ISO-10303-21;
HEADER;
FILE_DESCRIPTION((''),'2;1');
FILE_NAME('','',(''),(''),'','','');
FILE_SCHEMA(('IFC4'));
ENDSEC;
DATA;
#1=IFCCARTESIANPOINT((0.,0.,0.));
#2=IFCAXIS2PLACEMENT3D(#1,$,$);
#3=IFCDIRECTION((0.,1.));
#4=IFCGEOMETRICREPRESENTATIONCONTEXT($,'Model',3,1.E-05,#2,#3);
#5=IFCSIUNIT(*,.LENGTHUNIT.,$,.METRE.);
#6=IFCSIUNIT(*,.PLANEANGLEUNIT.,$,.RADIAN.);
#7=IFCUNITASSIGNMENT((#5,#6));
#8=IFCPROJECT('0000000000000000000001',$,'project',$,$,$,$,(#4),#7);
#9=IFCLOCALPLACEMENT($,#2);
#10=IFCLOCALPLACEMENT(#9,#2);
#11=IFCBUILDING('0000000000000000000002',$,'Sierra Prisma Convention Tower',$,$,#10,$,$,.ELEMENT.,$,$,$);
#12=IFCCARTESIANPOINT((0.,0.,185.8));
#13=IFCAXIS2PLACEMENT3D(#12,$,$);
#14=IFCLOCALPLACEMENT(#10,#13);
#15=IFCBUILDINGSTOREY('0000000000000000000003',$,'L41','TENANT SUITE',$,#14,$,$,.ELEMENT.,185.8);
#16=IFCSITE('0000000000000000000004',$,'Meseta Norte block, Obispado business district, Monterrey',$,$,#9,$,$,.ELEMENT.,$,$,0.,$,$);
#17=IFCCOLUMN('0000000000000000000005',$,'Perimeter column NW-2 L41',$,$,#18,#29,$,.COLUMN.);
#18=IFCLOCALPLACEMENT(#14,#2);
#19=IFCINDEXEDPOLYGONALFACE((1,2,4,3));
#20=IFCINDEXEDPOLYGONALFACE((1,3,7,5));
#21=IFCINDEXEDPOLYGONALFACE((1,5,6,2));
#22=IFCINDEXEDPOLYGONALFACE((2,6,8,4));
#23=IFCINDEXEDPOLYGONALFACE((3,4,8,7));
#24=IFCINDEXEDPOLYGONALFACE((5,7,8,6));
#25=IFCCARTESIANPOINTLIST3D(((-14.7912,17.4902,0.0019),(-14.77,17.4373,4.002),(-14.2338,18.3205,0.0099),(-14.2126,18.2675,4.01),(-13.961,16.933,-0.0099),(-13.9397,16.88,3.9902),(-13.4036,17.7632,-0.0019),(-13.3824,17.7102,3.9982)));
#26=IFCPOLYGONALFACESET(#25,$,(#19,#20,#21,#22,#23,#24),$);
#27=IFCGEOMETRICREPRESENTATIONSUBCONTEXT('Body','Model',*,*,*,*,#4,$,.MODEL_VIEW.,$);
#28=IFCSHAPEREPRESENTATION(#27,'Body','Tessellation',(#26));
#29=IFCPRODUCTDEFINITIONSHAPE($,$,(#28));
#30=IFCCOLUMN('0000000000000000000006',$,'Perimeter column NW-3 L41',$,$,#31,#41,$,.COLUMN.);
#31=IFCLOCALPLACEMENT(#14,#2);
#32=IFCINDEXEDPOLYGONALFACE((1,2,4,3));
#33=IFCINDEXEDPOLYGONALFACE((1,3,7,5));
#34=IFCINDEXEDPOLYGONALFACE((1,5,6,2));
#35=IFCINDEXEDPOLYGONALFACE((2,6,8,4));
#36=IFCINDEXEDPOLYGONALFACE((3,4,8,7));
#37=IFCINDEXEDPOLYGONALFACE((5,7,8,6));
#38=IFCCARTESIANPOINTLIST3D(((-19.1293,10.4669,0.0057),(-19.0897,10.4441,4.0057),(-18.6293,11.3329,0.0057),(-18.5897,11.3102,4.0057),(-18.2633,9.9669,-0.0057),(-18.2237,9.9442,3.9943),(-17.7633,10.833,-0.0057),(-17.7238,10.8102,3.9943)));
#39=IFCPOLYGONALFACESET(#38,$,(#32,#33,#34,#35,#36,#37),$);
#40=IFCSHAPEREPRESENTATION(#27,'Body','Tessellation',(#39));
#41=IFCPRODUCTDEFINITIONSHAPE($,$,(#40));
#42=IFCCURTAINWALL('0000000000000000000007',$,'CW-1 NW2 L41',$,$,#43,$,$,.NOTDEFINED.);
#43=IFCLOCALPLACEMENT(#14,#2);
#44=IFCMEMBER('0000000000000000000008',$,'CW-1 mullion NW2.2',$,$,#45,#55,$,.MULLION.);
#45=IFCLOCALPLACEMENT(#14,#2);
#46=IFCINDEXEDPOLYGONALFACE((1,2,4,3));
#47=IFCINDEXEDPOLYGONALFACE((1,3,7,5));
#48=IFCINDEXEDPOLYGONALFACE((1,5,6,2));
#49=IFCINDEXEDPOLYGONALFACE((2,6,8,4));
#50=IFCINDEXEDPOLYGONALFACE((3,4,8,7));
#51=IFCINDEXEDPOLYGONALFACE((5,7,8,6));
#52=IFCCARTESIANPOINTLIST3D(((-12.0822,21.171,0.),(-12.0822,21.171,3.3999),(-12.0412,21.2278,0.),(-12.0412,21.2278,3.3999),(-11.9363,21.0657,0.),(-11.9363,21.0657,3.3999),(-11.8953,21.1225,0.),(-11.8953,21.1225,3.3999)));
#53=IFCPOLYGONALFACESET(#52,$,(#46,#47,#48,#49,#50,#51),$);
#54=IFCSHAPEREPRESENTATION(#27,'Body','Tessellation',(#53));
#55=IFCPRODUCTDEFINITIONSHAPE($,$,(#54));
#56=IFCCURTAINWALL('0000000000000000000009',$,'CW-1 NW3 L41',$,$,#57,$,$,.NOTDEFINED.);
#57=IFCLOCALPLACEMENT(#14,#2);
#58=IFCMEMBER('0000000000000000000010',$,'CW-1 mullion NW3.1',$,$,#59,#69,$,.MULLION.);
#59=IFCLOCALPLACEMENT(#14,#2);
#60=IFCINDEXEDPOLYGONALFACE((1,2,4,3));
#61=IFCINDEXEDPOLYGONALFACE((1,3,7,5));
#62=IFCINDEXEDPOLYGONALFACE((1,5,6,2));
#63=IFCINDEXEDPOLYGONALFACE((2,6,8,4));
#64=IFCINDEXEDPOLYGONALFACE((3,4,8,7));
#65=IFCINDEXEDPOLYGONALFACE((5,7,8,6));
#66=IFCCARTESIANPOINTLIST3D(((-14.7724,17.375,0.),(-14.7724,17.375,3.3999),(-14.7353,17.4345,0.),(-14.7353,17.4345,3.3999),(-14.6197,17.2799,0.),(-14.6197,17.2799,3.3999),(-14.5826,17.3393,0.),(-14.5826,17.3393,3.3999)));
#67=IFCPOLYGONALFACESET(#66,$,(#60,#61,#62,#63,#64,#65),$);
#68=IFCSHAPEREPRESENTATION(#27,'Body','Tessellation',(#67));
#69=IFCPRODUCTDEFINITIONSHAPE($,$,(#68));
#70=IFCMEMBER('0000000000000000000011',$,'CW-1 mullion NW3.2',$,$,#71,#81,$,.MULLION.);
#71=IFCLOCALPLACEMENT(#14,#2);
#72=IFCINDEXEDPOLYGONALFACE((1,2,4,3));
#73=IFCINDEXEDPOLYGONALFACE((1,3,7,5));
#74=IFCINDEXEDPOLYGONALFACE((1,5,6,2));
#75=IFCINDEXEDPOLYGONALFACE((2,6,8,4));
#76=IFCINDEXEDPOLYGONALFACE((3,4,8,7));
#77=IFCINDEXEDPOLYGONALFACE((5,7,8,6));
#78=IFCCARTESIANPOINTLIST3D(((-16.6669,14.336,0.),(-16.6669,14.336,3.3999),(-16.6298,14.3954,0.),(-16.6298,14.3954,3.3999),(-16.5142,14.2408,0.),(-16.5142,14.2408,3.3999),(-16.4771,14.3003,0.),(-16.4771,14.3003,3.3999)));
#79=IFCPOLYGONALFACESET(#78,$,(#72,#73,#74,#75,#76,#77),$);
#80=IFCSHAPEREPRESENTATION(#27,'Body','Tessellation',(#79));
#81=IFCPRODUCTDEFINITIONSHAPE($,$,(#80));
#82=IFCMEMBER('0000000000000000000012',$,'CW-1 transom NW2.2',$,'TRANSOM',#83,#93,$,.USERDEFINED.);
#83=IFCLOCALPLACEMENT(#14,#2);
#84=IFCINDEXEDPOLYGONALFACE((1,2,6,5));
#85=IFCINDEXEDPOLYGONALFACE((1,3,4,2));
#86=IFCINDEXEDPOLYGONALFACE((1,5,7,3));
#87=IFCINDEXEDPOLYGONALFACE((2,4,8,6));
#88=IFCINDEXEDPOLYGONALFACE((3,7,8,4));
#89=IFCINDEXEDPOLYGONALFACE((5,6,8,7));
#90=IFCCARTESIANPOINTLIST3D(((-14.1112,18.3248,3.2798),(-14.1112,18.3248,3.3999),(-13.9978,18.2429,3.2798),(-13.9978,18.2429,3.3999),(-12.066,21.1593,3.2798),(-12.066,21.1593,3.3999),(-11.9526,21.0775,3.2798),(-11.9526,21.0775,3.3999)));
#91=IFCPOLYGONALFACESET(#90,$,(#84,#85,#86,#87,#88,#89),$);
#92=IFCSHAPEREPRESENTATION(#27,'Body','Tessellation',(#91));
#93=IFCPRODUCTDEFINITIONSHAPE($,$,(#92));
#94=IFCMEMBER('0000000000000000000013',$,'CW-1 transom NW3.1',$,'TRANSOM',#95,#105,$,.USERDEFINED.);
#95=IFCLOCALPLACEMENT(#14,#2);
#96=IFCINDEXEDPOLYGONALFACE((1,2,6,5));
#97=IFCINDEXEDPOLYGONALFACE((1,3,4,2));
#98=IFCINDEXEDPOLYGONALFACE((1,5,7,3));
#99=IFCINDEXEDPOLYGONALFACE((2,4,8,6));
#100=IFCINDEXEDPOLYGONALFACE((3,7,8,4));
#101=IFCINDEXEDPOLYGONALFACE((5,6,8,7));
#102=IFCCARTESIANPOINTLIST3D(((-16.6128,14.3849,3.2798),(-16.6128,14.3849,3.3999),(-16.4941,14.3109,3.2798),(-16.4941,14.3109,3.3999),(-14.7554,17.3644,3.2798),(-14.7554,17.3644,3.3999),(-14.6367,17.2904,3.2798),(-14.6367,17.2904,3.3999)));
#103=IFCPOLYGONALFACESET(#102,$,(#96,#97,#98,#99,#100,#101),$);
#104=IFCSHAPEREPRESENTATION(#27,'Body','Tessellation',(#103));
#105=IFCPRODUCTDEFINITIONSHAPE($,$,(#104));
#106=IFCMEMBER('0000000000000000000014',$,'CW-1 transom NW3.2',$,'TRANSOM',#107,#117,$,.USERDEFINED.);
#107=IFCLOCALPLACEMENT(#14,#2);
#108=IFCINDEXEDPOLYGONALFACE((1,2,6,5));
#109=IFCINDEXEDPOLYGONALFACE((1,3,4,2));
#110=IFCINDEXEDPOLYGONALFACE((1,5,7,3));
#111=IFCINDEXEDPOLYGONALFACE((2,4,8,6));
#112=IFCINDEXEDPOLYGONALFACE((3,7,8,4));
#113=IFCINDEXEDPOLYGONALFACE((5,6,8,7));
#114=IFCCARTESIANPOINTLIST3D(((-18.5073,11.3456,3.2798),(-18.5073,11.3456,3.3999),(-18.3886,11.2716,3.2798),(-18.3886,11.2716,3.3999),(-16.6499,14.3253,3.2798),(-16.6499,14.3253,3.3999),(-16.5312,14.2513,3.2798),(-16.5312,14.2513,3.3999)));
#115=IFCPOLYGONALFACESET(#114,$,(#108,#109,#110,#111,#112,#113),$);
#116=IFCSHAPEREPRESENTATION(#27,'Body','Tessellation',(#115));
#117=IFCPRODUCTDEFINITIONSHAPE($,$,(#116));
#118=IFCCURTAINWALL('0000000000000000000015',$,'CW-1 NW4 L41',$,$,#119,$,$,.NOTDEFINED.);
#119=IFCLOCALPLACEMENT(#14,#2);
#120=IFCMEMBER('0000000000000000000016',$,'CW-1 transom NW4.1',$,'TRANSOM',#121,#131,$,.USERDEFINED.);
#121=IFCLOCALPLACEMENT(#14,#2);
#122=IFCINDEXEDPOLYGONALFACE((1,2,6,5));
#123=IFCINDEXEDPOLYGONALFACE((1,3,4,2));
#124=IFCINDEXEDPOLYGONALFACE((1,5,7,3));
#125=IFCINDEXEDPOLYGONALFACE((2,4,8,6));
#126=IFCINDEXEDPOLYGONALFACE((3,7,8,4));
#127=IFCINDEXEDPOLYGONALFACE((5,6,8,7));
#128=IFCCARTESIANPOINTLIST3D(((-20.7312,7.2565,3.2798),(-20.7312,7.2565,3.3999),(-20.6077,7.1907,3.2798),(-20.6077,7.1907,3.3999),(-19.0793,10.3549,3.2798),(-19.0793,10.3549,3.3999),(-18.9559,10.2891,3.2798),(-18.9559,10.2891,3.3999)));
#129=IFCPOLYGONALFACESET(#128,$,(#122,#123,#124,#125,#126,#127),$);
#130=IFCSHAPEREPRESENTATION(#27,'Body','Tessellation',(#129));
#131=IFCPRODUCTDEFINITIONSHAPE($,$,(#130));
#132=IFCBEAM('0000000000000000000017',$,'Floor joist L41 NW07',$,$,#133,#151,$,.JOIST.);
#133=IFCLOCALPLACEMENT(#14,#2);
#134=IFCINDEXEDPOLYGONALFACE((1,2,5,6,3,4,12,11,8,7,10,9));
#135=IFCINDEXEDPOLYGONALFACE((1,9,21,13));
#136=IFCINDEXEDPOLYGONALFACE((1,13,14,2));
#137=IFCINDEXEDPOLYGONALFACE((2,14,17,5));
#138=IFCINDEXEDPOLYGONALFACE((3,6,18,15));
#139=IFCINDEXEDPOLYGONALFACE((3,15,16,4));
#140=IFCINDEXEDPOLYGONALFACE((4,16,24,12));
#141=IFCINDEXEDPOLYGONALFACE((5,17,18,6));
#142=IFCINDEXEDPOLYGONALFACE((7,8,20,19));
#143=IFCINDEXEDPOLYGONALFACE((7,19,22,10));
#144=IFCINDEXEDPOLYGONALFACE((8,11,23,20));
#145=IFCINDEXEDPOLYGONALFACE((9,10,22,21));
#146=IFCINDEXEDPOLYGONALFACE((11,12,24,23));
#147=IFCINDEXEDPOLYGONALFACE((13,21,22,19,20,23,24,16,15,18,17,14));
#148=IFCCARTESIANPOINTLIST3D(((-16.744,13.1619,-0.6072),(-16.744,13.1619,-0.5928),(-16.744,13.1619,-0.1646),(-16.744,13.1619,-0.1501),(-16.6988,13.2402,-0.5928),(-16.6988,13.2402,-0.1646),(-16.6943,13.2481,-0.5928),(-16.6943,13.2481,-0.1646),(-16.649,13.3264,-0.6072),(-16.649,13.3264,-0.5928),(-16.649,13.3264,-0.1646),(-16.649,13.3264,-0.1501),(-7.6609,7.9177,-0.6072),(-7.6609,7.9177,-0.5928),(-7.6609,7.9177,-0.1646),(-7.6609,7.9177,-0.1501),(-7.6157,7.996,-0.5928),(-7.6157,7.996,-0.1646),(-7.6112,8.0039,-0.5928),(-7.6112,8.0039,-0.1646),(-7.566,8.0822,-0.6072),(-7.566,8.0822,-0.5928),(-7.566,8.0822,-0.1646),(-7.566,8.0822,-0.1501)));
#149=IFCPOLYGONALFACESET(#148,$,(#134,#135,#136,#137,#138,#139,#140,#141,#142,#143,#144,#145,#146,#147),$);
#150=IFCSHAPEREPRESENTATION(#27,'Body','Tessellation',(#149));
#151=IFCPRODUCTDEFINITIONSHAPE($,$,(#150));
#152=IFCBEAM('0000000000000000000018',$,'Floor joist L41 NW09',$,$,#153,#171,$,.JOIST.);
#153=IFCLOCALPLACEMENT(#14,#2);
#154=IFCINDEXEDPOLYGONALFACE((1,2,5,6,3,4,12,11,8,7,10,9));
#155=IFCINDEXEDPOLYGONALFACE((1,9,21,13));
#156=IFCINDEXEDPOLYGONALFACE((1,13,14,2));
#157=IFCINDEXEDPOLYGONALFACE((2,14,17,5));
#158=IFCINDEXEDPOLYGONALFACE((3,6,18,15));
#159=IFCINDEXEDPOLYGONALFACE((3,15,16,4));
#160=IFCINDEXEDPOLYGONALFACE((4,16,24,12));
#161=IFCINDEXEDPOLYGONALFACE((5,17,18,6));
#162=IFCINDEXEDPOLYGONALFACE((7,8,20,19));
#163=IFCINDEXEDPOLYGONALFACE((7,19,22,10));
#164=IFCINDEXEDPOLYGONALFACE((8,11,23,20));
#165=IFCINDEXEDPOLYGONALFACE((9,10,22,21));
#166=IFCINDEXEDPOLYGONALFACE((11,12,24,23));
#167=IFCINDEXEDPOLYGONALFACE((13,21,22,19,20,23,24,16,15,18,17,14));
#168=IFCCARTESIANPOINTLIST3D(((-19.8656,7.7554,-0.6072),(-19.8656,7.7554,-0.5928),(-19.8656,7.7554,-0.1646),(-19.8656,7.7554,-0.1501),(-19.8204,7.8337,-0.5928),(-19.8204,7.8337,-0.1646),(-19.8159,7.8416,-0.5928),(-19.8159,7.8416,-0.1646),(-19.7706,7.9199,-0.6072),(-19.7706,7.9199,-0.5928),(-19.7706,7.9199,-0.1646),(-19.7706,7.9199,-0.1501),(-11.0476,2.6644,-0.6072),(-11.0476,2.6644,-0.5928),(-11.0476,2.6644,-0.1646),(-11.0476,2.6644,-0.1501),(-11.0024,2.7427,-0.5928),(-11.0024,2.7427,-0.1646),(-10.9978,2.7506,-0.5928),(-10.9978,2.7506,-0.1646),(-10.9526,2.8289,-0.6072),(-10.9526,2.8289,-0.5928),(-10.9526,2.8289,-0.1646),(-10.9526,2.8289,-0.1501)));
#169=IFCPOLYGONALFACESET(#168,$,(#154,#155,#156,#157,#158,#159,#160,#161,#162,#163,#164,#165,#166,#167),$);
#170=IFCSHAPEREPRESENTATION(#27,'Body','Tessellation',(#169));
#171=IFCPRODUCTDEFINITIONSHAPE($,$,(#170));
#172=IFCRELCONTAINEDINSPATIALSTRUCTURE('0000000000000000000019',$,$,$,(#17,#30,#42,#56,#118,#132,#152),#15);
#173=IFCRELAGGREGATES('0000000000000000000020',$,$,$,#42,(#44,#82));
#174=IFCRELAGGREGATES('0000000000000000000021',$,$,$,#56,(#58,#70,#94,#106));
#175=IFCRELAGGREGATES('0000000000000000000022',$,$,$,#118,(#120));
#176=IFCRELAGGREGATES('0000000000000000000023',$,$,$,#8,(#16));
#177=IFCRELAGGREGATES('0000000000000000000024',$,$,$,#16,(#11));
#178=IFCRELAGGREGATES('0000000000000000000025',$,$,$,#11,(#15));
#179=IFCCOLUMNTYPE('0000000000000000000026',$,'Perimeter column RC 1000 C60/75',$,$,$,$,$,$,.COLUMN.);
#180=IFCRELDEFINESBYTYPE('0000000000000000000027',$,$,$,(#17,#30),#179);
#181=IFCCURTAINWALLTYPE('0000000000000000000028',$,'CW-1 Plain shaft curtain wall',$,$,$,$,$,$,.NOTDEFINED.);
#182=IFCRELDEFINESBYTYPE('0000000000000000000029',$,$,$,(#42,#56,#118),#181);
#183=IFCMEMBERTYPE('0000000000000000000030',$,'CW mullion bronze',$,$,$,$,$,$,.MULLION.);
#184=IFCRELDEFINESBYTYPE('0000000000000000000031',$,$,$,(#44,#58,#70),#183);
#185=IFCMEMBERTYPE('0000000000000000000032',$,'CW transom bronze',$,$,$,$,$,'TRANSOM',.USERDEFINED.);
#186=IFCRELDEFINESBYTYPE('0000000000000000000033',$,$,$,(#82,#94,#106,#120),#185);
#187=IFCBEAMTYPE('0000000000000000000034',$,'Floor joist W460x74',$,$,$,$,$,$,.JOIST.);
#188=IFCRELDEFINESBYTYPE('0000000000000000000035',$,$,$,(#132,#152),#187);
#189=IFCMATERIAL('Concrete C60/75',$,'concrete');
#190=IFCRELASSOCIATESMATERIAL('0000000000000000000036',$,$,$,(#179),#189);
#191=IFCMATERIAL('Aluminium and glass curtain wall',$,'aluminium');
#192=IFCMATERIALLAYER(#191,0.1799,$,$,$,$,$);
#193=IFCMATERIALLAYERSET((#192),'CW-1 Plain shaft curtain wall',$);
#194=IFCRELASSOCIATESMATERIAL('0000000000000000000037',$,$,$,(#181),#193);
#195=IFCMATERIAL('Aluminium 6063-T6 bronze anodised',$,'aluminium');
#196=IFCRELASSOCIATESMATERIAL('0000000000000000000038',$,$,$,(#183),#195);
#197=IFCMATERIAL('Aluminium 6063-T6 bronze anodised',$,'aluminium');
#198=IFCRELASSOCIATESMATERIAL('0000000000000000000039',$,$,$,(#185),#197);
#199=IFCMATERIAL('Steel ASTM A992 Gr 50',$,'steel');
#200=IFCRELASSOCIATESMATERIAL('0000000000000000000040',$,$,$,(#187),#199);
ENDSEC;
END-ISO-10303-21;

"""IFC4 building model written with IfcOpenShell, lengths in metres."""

from ifc_helpers import new_model, si_unit, direction, frame, origin, origin_2d, place, context, subcontext, project, spatial, rectangle, i_section, extrude, material, layer, layer_set, material_profile, profile_set, type_object, element, aggregate, save


model = new_model("IFC4")

# Units and contexts
model_context = context("Model", 3, precision=1e-05, world=origin(), true_north=direction((0.0, 1.0)))
body_context = subcontext(model_context, "Body", "Model", "MODEL_VIEW")
ifc_project = project(units=[si_unit("LENGTHUNIT", "METRE"), si_unit("PLANEANGLEUNIT", "RADIAN")], contexts=[model_context])

# Site, building, storey
site_placement = place(None, origin())
site = spatial("IfcSite", under=ifc_project, at=site_placement, Name="Meseta Norte block, Obispado business district, Monterrey", CompositionType="ELEMENT", RefElevation=0.0)
building_placement = place(site_placement, origin())
building = spatial("IfcBuilding", under=site, at=building_placement, Name="Sierra Prisma Convention Tower", CompositionType="ELEMENT")
storey_placement = place(building_placement, frame((0.0, 0.0, 185.8)))
storey = spatial("IfcBuildingStorey", under=building, at=storey_placement, Name="L41", Description="TENANT SUITE", CompositionType="ELEMENT", Elevation=185.8)

# Columns
ifc_material_1 = material(Name="Concrete C60/75", Category="concrete")
ifc_material_profile_1 = material_profile(ifc_material_1, rectangle(XDim=1.0, YDim=1.0, at=origin_2d()), Name="Perimeter column RC 1000 C60/75")
ifc_profile_set_1 = profile_set([ifc_material_profile_1], Name="Concrete C60/75")
column_type = type_object("IfcColumnType", Name="Perimeter column RC 1000 C60/75", PredefinedType="COLUMN", material=ifc_profile_set_1)
column_1_placement = place(storey_placement, frame((-14.0974, 17.6267, 0.0), z_axis=(0.00531, -0.013243, 0.999898), x_axis=(0.557388, 0.830213, 0.008036)))
element("IfcColumn", 1, at=column_1_placement, inside=storey, type_object=column_type, Name="Perimeter column NW-2 L41", PredefinedType="COLUMN", context=body_context, shape_type="SweptSolid", body=[
    extrude(rectangle(XDim=1.0, YDim=1.0, at=origin_2d()), origin(), (0.0, 0.0, 1.0), 4.0005),
])
column_2_placement = place(storey_placement, frame((-18.4463, 10.6499, 0.0), z_axis=(0.009887, -0.005676, 0.999935), x_axis=(0.499976, 0.86604, -0.000028)))
element("IfcColumn", 2, at=column_2_placement, inside=storey, type_object=column_type, Name="Perimeter column NW-3 L41", PredefinedType="COLUMN", context=body_context, shape_type="SweptSolid", body=[
    extrude(rectangle(XDim=1.0, YDim=1.0, at=origin_2d()), origin(), (0.0, 0.0, 1.0), 4.0002),
])

# Curtain wall, member
ifc_material_2 = material(Name="Aluminium and glass curtain wall", Category="aluminium")
ifc_layer_1 = layer(ifc_material_2, 0.1799)
ifc_layer_set_1 = layer_set([ifc_layer_1], Name="CW-1 Plain shaft curtain wall")
curtain_wall_type = type_object("IfcCurtainWallType", Name="CW-1 Plain shaft curtain wall", PredefinedType="NOTDEFINED", material=ifc_layer_set_1)
curtain_wall_1_placement = place(storey_placement, origin())
curtain_wall_1 = element("IfcCurtainWall", 3, at=curtain_wall_1_placement, inside=storey, type_object=curtain_wall_type, Name="CW-1 NW2 L41", PredefinedType="NOTDEFINED")
ifc_material_3 = material(Name="Aluminium 6063-T6 bronze anodised", Category="aluminium")
ifc_material_profile_2 = material_profile(ifc_material_3, rectangle(XDim=0.1799, YDim=0.0701, at=origin_2d()), Name="ALU MULLION 70x180")
ifc_profile_set_2 = profile_set([ifc_material_profile_2], Name="Aluminium 6063-T6 bronze anodised")
member_type_1 = type_object("IfcMemberType", Name="CW mullion bronze", PredefinedType="MULLION", material=ifc_profile_set_2)
member_1_placement = place(storey_placement, frame((-11.9888, 21.1467, 0.0), z_axis=(0.0, 0.0, 1.0), x_axis=(0.810923, -0.585154, 0.0)))
member_1 = element("IfcMember", 4, at=member_1_placement, type_object=member_type_1, Name="CW-1 mullion NW2.2", PredefinedType="MULLION", context=body_context, shape_type="SweptSolid", body=[
    extrude(rectangle(XDim=0.1799, YDim=0.0701, at=origin_2d()), origin(), (0.0, 0.0, 1.0), 3.3999),
])

# Curtain wall, members
curtain_wall_2_placement = place(storey_placement, origin())
curtain_wall_2 = element("IfcCurtainWall", 5, at=curtain_wall_2_placement, inside=storey, type_object=curtain_wall_type, Name="CW-1 NW3 L41", PredefinedType="NOTDEFINED")
member_2_placement = place(storey_placement, frame((-14.6775, 17.3572, 0.0), z_axis=(0.0, 0.0, 1.0), x_axis=(0.848622, -0.529, 0.0)))
member_2 = element("IfcMember", 6, at=member_2_placement, type_object=member_type_1, Name="CW-1 mullion NW3.1", PredefinedType="MULLION", context=body_context, shape_type="SweptSolid", body=[
    extrude(rectangle(XDim=0.1799, YDim=0.0701, at=origin_2d()), origin(), (0.0, 0.0, 1.0), 3.3999),
])
member_3_placement = place(storey_placement, frame((-16.572, 14.3181, 0.0), z_axis=(0.0, 0.0, 1.0), x_axis=(0.848622, -0.529, 0.0)))
member_3 = element("IfcMember", 7, at=member_3_placement, type_object=member_type_1, Name="CW-1 mullion NW3.2", PredefinedType="MULLION", context=body_context, shape_type="SweptSolid", body=[
    extrude(rectangle(XDim=0.1799, YDim=0.0701, at=origin_2d()), origin(), (0.0, 0.0, 1.0), 3.3999),
])

# Members
ifc_material_4 = material(Name="Aluminium 6063-T6 bronze anodised", Category="aluminium")
ifc_material_profile_3 = material_profile(ifc_material_4, rectangle(XDim=0.1399, YDim=0.1201, at=origin_2d()), Name="ALU TRANSOM 120x140")
ifc_profile_set_3 = profile_set([ifc_material_profile_3], Name="Aluminium 6063-T6 bronze anodised")
member_type_2 = type_object("IfcMemberType", Name="CW transom bronze", ElementType="TRANSOM", PredefinedType="USERDEFINED", material=ifc_profile_set_3)
member_4_placement = place(storey_placement, frame((-12.0093, 21.1184, 3.3398), z_axis=(-0.585123, -0.810944, 0.0), x_axis=(0.810944, -0.585123, 0.0)))
member_4 = element("IfcMember", 8, at=member_4_placement, type_object=member_type_2, Name="CW-1 transom NW2.2", ObjectType="TRANSOM", PredefinedType="USERDEFINED", context=body_context, shape_type="SweptSolid", body=[
    extrude(rectangle(XDim=0.1399, YDim=0.1201, at=origin_2d()), origin(), (0.0, 0.0, 1.0), 3.4954),
])
member_5_placement = place(storey_placement, frame((-14.696, 17.3274, 3.3398), z_axis=(-0.529024, -0.848607, 0.0), x_axis=(0.848607, -0.529024, 0.0)))
member_5 = element("IfcMember", 9, at=member_5_placement, type_object=member_type_2, Name="CW-1 transom NW3.1", ObjectType="TRANSOM", PredefinedType="USERDEFINED", context=body_context, shape_type="SweptSolid", body=[
    extrude(rectangle(XDim=0.1399, YDim=0.1201, at=origin_2d()), origin(), (0.0, 0.0, 1.0), 3.511),
])
member_6_placement = place(storey_placement, frame((-16.5906, 14.2883, 3.3398), z_axis=(-0.528992, -0.848627, 0.0), x_axis=(0.848627, -0.528992, 0.0)))
member_6 = element("IfcMember", 10, at=member_6_placement, type_object=member_type_2, Name="CW-1 transom NW3.2", ObjectType="TRANSOM", PredefinedType="USERDEFINED", context=body_context, shape_type="SweptSolid", body=[
    extrude(rectangle(XDim=0.1399, YDim=0.1201, at=origin_2d()), origin(), (0.0, 0.0, 1.0), 3.5112),
])

# Curtain wall, member
curtain_wall_3_placement = place(storey_placement, origin())
curtain_wall_3 = element("IfcCurtainWall", 11, at=curtain_wall_3_placement, inside=storey, type_object=curtain_wall_type, Name="CW-1 NW4 L41", PredefinedType="NOTDEFINED")
member_7_placement = place(storey_placement, frame((-19.0176, 10.322, 3.3398), z_axis=(-0.470451, -0.882426, 0.0), x_axis=(0.882426, -0.470451, 0.0)))
member_7 = element("IfcMember", 12, at=member_7_placement, type_object=member_type_2, Name="CW-1 transom NW4.1", ObjectType="TRANSOM", PredefinedType="USERDEFINED", context=body_context, shape_type="SweptSolid", body=[
    extrude(rectangle(XDim=0.1399, YDim=0.1201, at=origin_2d()), origin(), (0.0, 0.0, 1.0), 3.5112),
])

# Beams
ifc_material_5 = material(Name="Steel ASTM A992 Gr 50", Category="steel")
ifc_material_profile_4 = material_profile(ifc_material_5, i_section(OverallWidth=0.1899, OverallDepth=0.457, WebThickness=0.009, FlangeThickness=0.0144, at=origin_2d()), Name="W460x74")
ifc_profile_set_4 = profile_set([ifc_material_profile_4], Name="Steel ASTM A992 Gr 50")
beam_type_1 = type_object("IfcBeamType", Name="Floor joist W460x74", PredefinedType="JOIST", material=ifc_profile_set_4)
beam_1_placement = place(storey_placement, frame((-16.6965, 13.2441, -0.3787), z_axis=(0.866023, -0.500005, 0.0), x_axis=(0.500005, 0.866023, 0.0)))
element("IfcBeam", 13, at=beam_1_placement, inside=storey, type_object=beam_type_1, Name="Floor joist L41 NW07", PredefinedType="JOIST", context=body_context, shape_type="SweptSolid", body=[
    extrude(i_section(OverallWidth=0.1899, OverallDepth=0.457, WebThickness=0.009, FlangeThickness=0.0144, at=origin_2d()), origin(), (0.0, 0.0, 1.0), 10.4883),
])
beam_2_placement = place(storey_placement, frame((-19.8181, 7.8376, -0.3787), z_axis=(0.866029, -0.499994, 0.0), x_axis=(0.499994, 0.866029, 0.0)))
element("IfcBeam", 14, at=beam_2_placement, inside=storey, type_object=beam_type_1, Name="Floor joist L41 NW09", PredefinedType="JOIST", context=body_context, shape_type="SweptSolid", body=[
    extrude(i_section(OverallWidth=0.1899, OverallDepth=0.457, WebThickness=0.009, FlangeThickness=0.0144, at=origin_2d()), origin(), (0.0, 0.0, 1.0), 10.1821),
])

aggregate(curtain_wall_1, [member_1, member_4])
aggregate(curtain_wall_2, [member_2, member_3, member_5, member_6])
aggregate(curtain_wall_3, [member_7])

save(model, "model.ifc")
